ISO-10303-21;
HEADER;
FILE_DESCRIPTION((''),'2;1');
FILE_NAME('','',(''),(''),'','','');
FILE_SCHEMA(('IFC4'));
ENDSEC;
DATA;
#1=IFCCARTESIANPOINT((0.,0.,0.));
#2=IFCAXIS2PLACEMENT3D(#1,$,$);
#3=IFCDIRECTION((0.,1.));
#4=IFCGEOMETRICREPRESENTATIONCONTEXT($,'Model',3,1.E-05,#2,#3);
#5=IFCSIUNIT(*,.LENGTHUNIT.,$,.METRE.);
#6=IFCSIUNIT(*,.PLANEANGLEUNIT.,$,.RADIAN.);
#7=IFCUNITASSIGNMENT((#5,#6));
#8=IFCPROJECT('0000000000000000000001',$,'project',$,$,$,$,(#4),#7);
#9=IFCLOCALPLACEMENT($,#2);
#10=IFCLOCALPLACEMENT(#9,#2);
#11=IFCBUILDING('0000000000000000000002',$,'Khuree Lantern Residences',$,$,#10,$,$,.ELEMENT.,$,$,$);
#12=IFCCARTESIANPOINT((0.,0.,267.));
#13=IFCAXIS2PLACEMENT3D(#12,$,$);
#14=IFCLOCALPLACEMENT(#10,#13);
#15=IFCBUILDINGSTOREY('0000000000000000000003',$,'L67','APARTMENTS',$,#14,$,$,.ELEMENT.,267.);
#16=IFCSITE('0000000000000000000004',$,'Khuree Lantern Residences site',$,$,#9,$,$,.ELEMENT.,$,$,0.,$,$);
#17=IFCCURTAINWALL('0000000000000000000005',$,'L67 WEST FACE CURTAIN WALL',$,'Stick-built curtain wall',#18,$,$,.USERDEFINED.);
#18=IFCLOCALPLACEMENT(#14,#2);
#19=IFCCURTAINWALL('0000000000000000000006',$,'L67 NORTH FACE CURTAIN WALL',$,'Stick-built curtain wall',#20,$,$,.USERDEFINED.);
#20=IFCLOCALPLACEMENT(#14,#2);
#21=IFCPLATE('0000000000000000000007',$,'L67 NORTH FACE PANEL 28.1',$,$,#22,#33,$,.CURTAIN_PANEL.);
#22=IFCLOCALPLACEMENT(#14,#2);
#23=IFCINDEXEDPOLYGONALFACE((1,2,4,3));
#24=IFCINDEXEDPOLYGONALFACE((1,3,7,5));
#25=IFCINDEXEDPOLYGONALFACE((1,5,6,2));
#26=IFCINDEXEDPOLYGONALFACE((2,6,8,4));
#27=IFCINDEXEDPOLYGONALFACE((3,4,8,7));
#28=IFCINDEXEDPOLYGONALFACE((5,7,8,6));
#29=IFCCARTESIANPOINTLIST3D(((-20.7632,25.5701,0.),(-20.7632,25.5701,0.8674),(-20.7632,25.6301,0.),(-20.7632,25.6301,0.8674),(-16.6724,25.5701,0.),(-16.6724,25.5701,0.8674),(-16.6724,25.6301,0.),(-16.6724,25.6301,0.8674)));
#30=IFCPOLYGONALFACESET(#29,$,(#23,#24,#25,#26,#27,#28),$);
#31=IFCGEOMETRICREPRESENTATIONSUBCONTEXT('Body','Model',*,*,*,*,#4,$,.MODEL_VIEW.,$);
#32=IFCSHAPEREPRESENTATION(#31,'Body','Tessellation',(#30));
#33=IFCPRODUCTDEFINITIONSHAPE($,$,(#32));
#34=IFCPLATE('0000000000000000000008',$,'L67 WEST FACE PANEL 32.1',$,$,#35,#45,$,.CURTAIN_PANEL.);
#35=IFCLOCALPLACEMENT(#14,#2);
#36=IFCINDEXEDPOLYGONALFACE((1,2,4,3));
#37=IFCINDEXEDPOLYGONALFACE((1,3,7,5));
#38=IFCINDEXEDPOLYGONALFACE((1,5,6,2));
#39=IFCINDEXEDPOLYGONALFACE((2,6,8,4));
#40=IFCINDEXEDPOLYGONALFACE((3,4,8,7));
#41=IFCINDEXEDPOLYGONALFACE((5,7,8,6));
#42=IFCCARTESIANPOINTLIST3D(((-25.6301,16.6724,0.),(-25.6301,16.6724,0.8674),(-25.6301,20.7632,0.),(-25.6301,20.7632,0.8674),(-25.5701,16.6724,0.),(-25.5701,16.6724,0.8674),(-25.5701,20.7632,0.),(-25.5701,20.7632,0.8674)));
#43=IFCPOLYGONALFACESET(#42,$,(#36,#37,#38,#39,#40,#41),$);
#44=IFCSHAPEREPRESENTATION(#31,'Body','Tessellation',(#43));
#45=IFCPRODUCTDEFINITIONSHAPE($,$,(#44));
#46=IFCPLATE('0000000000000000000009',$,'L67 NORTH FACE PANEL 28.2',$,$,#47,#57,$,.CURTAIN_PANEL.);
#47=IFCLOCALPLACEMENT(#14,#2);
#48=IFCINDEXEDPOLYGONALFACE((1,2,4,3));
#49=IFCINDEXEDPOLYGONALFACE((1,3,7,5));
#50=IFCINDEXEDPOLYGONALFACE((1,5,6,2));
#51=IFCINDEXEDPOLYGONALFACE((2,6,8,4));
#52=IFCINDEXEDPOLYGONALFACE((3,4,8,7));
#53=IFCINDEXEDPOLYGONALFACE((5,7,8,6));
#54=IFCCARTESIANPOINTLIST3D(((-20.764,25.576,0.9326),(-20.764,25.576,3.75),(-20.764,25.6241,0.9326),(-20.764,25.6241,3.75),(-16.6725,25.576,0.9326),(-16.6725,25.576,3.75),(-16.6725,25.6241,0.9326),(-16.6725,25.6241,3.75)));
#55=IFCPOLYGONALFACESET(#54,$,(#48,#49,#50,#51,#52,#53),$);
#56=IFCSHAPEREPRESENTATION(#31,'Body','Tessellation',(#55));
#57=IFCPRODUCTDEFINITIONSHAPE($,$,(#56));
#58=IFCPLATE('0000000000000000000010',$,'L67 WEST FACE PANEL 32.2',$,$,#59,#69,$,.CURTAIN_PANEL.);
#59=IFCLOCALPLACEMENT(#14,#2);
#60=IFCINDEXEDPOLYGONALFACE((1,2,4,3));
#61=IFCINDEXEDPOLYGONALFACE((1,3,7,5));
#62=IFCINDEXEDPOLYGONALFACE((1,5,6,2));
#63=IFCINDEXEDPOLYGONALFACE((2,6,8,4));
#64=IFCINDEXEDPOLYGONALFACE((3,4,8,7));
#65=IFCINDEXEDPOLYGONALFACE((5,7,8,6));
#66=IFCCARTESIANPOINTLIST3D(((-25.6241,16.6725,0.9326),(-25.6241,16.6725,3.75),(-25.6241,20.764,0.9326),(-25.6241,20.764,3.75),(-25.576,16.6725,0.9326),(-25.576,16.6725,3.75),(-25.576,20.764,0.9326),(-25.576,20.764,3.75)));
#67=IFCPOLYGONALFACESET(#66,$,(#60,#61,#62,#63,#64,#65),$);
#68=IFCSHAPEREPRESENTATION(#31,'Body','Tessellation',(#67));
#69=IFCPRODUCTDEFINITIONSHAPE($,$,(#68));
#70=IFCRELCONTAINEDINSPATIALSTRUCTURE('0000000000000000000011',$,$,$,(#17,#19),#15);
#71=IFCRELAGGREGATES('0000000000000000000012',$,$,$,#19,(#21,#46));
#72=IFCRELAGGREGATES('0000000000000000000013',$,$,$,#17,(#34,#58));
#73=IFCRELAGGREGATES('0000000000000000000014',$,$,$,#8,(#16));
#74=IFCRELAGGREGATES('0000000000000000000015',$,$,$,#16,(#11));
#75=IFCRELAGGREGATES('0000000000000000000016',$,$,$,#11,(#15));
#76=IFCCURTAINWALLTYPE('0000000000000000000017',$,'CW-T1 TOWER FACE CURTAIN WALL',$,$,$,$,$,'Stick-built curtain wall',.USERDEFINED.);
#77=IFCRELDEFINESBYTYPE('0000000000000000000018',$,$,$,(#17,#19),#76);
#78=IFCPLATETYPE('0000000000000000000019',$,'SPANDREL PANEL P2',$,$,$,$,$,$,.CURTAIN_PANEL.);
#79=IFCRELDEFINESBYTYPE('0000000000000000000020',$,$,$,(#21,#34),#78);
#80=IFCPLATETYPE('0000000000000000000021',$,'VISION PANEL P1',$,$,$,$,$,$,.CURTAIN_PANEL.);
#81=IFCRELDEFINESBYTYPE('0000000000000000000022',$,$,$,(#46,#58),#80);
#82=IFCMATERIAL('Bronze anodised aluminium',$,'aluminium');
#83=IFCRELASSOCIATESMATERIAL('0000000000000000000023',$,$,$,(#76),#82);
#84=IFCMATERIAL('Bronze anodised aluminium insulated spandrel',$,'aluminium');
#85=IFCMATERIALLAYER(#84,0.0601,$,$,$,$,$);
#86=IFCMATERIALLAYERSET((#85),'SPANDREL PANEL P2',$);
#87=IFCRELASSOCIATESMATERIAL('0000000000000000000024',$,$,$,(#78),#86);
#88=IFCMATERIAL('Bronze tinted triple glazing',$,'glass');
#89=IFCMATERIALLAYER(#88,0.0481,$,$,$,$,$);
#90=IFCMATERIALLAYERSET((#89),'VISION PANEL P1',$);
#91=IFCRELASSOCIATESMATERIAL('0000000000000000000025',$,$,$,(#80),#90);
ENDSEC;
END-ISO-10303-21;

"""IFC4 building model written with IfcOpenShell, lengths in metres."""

from ifc_helpers import new_model, si_unit, direction, frame, origin, origin_2d, place, context, subcontext, project, spatial, rectangle, extrude, material, layer, layer_set, type_object, element, aggregate, save


model = new_model("IFC4")

# Units and contexts
model_context = context("Model", 3, precision=1e-05, world=origin(), true_north=direction((0.0, 1.0)))
body_context = subcontext(model_context, "Body", "Model", "MODEL_VIEW")
ifc_project = project(units=[si_unit("LENGTHUNIT", "METRE"), si_unit("PLANEANGLEUNIT", "RADIAN")], contexts=[model_context])

# Site, building, storey
site_placement = place(None, origin())
site = spatial("IfcSite", under=ifc_project, at=site_placement, Name="Khuree Lantern Residences site", CompositionType="ELEMENT", RefElevation=0.0)
building_placement = place(site_placement, origin())
building = spatial("IfcBuilding", under=site, at=building_placement, Name="Khuree Lantern Residences", CompositionType="ELEMENT")
storey_placement = place(building_placement, frame((0.0, 0.0, 267.0)))
storey = spatial("IfcBuildingStorey", under=building, at=storey_placement, Name="L67", Description="APARTMENTS", CompositionType="ELEMENT", Elevation=267.0)

# Shared definitions
ifc_material_1 = material(Name="Bronze anodised aluminium", Category="aluminium")

# Curtain walls
curtain_wall_type_1 = type_object("IfcCurtainWallType", Name="CW-T1 TOWER FACE CURTAIN WALL", ElementType="Stick-built curtain wall", PredefinedType="USERDEFINED", material=ifc_material_1)
curtain_wall_1_placement = place(storey_placement, origin())
curtain_wall_1 = element("IfcCurtainWall", 1, at=curtain_wall_1_placement, inside=storey, type_object=curtain_wall_type_1, Name="L67 WEST FACE CURTAIN WALL", ObjectType="Stick-built curtain wall", PredefinedType="USERDEFINED")
curtain_wall_2_placement = place(storey_placement, origin())
curtain_wall_2 = element("IfcCurtainWall", 2, at=curtain_wall_2_placement, inside=storey, type_object=curtain_wall_type_1, Name="L67 NORTH FACE CURTAIN WALL", ObjectType="Stick-built curtain wall", PredefinedType="USERDEFINED")

# Plates
ifc_material_2 = material(Name="Bronze tinted triple glazing", Category="glass")
ifc_material_3 = material(Name="Bronze anodised aluminium insulated spandrel", Category="aluminium")
ifc_layer_1 = layer(ifc_material_3, 0.0601)
ifc_layer_set_1 = layer_set([ifc_layer_1], Name="SPANDREL PANEL P2")
plate_type_1 = type_object("IfcPlateType", Name="SPANDREL PANEL P2", PredefinedType="CURTAIN_PANEL", material=ifc_layer_set_1)
plate_1_placement = place(storey_placement, frame((-18.7178, 25.6001, 0.0), z_axis=(0.0, 0.0, 1.0), x_axis=(-1.0, 0.0, 0.0)))
plate_1 = element("IfcPlate", 3, at=plate_1_placement, type_object=plate_type_1, Name="L67 NORTH FACE PANEL 28.1", PredefinedType="CURTAIN_PANEL", context=body_context, shape_type="SweptSolid", body=[
    extrude(rectangle(XDim=4.0908, YDim=0.0601, at=origin_2d()), origin(), (0.0, 0.0, 1.0), 0.8674),
])
plate_2_placement = place(storey_placement, frame((-25.6001, 18.7178, 0.0), z_axis=(0.0, 0.0, 1.0), x_axis=(0.0, -1.0, 0.0)))
plate_2 = element("IfcPlate", 4, at=plate_2_placement, type_object=plate_type_1, Name="L67 WEST FACE PANEL 32.1", PredefinedType="CURTAIN_PANEL", context=body_context, shape_type="SweptSolid", body=[
    extrude(rectangle(XDim=4.0908, YDim=0.0601, at=origin_2d()), origin(), (0.0, 0.0, 1.0), 0.8674),
])
ifc_layer_2 = layer(ifc_material_2, 0.0481)
ifc_layer_set_2 = layer_set([ifc_layer_2], Name="VISION PANEL P1")
plate_type_2 = type_object("IfcPlateType", Name="VISION PANEL P1", PredefinedType="CURTAIN_PANEL", material=ifc_layer_set_2)
plate_3_placement = place(storey_placement, frame((-18.7183, 25.6001, 0.9326), z_axis=(0.0, 0.0, 1.0), x_axis=(-1.0, 0.0, 0.0)))
plate_3 = element("IfcPlate", 5, at=plate_3_placement, type_object=plate_type_2, Name="L67 NORTH FACE PANEL 28.2", PredefinedType="CURTAIN_PANEL", context=body_context, shape_type="SweptSolid", body=[
    extrude(rectangle(XDim=4.0916, YDim=0.0481, at=origin_2d()), origin(), (0.0, 0.0, 1.0), 2.8174),
])
aggregate(curtain_wall_2, [plate_1, plate_3])
plate_4_placement = place(storey_placement, frame((-25.6001, 18.7183, 0.9326), z_axis=(0.0, 0.0, 1.0), x_axis=(0.0, -1.0, 0.0)))
plate_4 = element("IfcPlate", 6, at=plate_4_placement, type_object=plate_type_2, Name="L67 WEST FACE PANEL 32.2", PredefinedType="CURTAIN_PANEL", context=body_context, shape_type="SweptSolid", body=[
    extrude(rectangle(XDim=4.0916, YDim=0.0481, at=origin_2d()), origin(), (0.0, 0.0, 1.0), 2.8174),
])
aggregate(curtain_wall_1, [plate_2, plate_4])

save(model, "model.ifc")
